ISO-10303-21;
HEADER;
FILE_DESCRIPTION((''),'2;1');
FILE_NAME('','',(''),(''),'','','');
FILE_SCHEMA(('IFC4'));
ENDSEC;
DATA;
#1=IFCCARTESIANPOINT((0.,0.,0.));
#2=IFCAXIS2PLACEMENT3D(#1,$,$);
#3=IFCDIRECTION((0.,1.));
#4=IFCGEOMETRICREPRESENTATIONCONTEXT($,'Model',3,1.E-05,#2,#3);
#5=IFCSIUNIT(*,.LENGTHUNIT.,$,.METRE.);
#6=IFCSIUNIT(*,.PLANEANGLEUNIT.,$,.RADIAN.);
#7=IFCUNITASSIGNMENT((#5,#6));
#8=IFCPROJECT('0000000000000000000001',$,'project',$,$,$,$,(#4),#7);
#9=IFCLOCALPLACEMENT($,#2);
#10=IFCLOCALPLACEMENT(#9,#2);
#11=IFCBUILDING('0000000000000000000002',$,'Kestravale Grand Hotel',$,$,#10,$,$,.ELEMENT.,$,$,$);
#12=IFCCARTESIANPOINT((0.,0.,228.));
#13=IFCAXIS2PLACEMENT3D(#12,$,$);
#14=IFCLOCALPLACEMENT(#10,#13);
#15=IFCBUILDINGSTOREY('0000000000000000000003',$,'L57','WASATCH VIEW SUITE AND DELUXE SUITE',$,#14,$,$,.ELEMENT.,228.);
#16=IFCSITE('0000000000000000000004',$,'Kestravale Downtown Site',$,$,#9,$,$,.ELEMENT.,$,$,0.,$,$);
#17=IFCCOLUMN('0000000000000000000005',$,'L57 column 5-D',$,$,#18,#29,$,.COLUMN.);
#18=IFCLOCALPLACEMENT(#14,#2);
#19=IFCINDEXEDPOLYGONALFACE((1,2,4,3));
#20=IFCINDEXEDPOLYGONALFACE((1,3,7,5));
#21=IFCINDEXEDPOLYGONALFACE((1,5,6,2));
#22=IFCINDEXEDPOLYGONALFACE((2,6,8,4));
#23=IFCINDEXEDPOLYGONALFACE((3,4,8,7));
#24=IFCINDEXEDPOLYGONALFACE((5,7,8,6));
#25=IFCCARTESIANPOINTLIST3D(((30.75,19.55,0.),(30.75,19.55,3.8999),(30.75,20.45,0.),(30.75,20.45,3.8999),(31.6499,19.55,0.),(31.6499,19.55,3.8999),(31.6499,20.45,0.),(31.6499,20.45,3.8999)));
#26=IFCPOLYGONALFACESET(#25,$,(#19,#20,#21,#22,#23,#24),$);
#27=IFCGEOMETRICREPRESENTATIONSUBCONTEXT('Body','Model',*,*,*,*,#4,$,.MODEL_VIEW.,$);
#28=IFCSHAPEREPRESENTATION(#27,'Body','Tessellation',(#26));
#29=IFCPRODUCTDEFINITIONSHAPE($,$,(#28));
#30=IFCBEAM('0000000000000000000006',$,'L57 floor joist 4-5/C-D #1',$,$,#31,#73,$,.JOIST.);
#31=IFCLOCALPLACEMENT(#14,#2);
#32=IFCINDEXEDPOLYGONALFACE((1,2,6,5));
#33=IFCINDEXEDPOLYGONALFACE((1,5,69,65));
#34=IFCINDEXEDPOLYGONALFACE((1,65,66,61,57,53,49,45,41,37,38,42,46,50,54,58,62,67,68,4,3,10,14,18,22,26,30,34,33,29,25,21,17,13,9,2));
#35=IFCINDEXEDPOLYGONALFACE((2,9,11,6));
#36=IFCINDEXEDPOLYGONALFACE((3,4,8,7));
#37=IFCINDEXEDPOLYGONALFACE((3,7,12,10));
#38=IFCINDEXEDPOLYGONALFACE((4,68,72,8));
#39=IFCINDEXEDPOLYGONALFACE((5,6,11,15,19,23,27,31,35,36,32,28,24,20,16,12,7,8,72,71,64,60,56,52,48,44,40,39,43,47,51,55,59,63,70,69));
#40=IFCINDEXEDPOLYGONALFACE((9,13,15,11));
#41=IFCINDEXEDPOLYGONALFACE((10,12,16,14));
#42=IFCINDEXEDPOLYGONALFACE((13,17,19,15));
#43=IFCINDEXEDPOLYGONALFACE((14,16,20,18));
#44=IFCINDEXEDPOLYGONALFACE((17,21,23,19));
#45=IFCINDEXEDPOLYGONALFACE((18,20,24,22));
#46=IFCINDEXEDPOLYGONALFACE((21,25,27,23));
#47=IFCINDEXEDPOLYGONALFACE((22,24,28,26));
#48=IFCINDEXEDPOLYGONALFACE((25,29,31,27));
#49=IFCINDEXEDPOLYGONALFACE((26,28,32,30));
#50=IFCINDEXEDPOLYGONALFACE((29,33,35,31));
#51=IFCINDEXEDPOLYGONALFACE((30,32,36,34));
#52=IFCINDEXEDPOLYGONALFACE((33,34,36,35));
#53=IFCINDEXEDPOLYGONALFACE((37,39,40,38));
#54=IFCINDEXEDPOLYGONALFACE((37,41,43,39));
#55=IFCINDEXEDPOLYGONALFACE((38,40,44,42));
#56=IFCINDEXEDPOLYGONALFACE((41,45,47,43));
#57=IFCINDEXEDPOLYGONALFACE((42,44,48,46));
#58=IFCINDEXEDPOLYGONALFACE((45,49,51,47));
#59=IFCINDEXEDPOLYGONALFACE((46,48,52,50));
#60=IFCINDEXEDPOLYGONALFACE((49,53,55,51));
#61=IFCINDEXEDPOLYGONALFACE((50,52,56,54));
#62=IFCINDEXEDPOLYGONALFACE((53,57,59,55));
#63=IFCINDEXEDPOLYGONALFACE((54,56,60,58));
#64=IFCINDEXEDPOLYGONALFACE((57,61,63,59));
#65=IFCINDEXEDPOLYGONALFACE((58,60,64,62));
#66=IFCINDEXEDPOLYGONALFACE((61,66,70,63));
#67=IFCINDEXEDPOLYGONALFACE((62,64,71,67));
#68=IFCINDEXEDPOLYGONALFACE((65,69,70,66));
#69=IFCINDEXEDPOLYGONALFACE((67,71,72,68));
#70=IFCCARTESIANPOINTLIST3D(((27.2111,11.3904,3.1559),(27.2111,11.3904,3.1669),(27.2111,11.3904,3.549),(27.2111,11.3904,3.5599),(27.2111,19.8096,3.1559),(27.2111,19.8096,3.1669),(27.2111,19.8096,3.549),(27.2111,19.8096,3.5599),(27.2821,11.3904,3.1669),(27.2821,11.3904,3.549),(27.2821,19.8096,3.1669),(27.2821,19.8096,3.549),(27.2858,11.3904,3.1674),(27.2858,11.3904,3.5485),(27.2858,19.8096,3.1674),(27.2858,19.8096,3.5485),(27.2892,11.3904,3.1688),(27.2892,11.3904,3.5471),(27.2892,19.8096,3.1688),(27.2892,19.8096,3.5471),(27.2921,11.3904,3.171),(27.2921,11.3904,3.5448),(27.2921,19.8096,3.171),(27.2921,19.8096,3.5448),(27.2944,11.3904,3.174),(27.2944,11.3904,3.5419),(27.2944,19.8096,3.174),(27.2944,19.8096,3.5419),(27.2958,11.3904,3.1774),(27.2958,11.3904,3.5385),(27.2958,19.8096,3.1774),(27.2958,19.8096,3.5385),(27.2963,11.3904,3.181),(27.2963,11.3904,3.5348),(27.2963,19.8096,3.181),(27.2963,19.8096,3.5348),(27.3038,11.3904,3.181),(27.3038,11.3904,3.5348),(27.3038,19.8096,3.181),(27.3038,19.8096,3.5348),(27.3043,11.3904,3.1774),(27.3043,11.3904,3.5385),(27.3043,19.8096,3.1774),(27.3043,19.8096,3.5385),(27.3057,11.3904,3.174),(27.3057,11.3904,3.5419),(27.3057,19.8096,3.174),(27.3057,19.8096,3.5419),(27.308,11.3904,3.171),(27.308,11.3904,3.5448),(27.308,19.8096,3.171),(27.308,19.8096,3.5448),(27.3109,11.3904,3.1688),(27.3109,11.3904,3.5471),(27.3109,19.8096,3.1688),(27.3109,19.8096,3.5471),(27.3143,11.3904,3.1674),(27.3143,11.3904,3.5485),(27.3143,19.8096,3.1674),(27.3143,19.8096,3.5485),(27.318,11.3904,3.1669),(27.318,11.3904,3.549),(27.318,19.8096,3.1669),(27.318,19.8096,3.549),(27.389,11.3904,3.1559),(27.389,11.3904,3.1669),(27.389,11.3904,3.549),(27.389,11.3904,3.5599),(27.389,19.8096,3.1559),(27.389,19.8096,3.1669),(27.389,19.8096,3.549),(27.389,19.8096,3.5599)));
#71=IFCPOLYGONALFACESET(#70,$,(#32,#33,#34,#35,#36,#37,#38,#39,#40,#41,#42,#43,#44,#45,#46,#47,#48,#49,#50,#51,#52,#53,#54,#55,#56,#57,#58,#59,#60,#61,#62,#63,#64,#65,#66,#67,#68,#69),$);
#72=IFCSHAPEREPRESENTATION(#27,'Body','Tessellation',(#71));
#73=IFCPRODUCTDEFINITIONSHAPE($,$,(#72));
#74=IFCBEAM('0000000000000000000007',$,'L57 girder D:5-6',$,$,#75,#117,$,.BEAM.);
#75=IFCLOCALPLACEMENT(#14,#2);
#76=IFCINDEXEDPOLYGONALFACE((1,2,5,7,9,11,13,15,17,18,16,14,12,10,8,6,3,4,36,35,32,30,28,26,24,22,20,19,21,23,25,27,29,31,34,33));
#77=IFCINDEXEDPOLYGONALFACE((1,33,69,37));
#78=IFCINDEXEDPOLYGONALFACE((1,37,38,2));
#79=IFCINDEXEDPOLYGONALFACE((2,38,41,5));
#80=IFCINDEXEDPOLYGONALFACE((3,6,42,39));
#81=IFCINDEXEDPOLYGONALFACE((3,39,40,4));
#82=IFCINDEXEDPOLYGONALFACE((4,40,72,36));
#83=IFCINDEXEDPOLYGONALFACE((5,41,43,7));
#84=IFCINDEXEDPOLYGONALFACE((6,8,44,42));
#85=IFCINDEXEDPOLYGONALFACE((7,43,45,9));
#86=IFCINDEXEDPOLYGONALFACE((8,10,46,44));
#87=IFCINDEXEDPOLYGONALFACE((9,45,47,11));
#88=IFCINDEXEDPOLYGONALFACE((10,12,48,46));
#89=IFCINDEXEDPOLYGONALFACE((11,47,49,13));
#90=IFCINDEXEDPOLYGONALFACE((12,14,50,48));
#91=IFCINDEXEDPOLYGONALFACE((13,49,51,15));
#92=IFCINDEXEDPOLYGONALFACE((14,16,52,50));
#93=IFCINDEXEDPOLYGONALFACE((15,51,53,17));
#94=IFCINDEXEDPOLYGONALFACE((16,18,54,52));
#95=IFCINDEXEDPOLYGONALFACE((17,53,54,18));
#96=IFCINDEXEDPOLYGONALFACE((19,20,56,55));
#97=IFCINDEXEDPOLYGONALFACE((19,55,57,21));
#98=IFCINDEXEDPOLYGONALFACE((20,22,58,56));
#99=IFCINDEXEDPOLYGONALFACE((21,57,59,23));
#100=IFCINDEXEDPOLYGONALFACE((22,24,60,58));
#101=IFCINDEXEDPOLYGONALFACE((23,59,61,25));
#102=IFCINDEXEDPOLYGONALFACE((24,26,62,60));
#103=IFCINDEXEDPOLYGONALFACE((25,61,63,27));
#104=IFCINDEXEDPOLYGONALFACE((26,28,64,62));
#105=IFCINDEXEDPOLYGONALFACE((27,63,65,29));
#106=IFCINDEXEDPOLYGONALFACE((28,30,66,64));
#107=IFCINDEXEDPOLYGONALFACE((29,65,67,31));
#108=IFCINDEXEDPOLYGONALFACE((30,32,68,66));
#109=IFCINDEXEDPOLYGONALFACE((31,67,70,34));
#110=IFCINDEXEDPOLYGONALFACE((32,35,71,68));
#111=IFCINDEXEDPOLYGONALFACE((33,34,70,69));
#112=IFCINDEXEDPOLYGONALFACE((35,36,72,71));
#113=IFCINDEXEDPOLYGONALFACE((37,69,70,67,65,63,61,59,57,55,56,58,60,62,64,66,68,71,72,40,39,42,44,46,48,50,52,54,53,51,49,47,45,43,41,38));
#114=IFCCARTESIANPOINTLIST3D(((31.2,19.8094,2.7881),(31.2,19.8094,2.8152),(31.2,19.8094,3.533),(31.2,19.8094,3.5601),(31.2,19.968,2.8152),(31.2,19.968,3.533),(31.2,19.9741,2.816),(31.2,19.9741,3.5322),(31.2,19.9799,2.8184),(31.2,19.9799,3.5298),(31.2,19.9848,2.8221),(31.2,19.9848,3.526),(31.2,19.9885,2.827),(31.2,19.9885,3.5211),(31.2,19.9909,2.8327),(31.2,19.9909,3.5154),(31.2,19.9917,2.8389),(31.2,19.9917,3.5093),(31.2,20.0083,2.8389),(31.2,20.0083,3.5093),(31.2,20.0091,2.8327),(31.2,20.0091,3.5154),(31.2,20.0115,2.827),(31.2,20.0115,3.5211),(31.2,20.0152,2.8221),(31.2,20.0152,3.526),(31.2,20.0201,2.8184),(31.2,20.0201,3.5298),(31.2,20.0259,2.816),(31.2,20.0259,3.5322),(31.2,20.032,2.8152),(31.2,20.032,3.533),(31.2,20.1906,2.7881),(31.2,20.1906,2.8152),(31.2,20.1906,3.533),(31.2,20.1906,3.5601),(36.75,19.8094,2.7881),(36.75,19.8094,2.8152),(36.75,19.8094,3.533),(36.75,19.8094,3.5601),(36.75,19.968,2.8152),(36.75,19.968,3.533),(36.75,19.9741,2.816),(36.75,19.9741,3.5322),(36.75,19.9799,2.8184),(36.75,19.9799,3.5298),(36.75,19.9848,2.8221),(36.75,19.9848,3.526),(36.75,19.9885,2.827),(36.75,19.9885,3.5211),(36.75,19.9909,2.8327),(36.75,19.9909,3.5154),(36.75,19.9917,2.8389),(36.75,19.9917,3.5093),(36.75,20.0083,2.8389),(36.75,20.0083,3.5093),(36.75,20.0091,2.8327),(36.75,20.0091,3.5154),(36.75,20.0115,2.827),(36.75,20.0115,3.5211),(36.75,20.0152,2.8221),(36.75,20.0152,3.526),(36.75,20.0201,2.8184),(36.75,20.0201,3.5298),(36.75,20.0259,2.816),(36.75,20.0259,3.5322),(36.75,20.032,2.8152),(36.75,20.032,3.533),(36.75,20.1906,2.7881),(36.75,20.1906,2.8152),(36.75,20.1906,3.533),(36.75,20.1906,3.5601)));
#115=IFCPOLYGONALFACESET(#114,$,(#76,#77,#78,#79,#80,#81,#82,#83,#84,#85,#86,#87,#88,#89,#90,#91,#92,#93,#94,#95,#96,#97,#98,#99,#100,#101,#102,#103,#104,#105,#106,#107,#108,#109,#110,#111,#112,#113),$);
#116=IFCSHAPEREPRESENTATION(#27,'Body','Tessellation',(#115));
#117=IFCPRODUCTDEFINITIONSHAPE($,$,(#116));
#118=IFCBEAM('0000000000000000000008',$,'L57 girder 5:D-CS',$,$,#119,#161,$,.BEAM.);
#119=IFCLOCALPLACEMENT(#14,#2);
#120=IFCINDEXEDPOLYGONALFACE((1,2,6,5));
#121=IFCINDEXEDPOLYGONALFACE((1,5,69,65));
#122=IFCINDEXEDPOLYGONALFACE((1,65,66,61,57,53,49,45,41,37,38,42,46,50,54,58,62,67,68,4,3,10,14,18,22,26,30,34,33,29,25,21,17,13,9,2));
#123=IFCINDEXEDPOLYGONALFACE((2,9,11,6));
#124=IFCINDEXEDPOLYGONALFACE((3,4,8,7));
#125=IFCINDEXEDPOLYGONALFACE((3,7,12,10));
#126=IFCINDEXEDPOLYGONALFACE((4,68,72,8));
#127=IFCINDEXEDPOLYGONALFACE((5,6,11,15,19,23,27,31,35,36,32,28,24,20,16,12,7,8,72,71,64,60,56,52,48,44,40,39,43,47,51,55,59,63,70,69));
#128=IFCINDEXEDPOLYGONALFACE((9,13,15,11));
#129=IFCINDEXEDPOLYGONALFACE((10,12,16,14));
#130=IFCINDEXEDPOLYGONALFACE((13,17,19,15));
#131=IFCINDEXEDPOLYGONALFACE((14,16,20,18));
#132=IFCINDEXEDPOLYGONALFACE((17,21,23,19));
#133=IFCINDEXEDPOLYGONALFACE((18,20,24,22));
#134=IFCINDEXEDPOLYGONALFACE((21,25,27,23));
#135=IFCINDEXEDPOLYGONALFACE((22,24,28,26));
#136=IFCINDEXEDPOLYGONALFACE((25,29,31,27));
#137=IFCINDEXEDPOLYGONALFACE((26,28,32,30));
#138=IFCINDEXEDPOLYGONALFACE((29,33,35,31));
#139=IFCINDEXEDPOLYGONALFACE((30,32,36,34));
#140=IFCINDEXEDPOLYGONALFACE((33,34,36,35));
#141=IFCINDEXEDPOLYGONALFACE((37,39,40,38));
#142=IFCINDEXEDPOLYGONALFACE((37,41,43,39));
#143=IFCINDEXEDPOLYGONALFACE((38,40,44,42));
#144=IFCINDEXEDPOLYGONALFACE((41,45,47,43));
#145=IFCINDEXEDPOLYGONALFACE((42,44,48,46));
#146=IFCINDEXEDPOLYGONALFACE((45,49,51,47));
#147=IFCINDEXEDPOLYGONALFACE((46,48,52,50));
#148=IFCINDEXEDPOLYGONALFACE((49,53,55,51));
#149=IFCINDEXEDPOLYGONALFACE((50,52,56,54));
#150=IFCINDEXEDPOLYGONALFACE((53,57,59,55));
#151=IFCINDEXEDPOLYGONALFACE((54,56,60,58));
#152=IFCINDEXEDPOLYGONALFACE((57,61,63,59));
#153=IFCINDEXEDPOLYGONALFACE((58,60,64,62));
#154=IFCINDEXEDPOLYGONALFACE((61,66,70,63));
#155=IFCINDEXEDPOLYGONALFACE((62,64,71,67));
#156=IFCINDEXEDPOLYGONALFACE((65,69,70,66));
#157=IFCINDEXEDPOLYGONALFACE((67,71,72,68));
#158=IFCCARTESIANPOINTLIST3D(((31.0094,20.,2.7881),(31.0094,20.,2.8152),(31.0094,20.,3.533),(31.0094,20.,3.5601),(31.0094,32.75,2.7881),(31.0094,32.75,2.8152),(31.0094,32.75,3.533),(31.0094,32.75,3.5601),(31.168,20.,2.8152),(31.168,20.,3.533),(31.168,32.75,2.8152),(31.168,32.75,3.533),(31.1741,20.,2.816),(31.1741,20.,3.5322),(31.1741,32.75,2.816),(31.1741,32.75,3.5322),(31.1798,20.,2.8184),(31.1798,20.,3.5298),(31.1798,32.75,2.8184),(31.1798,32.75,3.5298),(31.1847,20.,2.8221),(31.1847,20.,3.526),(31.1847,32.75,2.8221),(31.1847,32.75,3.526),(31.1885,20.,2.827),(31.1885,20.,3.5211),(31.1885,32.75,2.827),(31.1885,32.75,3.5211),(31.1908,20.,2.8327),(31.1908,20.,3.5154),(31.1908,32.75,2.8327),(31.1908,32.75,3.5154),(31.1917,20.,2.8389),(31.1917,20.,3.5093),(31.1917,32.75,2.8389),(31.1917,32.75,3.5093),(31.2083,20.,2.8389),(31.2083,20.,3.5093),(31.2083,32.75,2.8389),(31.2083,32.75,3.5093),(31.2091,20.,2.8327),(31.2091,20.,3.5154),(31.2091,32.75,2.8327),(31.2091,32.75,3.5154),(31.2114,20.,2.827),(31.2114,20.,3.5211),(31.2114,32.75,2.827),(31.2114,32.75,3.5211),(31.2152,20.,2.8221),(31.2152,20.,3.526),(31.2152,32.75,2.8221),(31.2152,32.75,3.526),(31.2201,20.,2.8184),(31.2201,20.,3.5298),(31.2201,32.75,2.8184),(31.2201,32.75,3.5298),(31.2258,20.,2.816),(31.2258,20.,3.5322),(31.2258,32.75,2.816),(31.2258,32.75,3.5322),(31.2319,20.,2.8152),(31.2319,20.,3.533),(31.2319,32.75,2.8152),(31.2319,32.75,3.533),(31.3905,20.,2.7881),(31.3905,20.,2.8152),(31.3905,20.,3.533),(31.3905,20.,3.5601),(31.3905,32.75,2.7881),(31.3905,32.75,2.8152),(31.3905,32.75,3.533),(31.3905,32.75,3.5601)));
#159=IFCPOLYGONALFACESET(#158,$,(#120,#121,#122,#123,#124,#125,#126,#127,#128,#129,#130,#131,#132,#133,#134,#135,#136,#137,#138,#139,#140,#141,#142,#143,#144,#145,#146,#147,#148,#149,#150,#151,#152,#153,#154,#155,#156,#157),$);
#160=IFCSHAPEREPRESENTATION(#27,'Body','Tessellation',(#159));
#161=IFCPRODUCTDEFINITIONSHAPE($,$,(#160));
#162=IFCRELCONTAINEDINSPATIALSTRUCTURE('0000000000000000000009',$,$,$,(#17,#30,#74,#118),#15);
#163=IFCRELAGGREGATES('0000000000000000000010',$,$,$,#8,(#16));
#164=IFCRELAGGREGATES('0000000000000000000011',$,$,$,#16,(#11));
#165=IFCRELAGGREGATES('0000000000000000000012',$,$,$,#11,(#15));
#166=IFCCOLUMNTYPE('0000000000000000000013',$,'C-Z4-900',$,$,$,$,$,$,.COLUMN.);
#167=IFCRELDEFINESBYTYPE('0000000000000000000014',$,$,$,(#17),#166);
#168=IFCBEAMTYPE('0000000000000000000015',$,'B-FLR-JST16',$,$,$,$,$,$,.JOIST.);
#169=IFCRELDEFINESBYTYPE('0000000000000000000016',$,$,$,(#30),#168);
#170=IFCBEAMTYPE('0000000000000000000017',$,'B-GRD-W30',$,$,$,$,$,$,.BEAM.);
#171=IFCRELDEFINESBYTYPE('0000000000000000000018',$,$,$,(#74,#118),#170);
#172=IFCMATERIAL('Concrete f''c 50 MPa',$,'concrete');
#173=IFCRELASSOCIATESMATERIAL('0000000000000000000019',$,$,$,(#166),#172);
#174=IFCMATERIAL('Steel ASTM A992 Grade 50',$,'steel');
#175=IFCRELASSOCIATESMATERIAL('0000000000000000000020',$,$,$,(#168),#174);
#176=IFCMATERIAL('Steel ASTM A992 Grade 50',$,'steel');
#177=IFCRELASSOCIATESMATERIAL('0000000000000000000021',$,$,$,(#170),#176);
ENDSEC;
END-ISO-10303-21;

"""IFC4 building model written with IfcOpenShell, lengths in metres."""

from ifc_helpers import new_model, si_unit, direction, frame, origin, origin_2d, place, context, subcontext, project, spatial, rectangle, i_section, extrude, material, material_profile, profile_set, type_object, element, save


model = new_model("IFC4")

# Units and contexts
model_context = context("Model", 3, precision=1e-05, world=origin(), true_north=direction((0.0, 1.0)))
body_context = subcontext(model_context, "Body", "Model", "MODEL_VIEW")
ifc_project = project(units=[si_unit("LENGTHUNIT", "METRE"), si_unit("PLANEANGLEUNIT", "RADIAN")], contexts=[model_context])

# Site, building, storey
site_placement = place(None, origin())
site = spatial("IfcSite", under=ifc_project, at=site_placement, Name="Kestravale Downtown Site", CompositionType="ELEMENT", RefElevation=0.0)
building_placement = place(site_placement, origin())
building = spatial("IfcBuilding", under=site, at=building_placement, Name="Kestravale Grand Hotel", CompositionType="ELEMENT")
storey_placement = place(building_placement, frame((0.0, 0.0, 228.0)))
storey = spatial("IfcBuildingStorey", under=building, at=storey_placement, Name="L57", Description="WASATCH VIEW SUITE AND DELUXE SUITE", CompositionType="ELEMENT", Elevation=228.0)

# Column
ifc_material_1 = material(Name="Concrete f'c 50 MPa", Category="concrete")
ifc_material_profile_1 = material_profile(ifc_material_1, rectangle(XDim=0.8999, YDim=0.8999, at=origin_2d()))
ifc_profile_set_1 = profile_set([ifc_material_profile_1], Name="Concrete f'c 50 MPa")
column_type = type_object("IfcColumnType", Name="C-Z4-900", PredefinedType="COLUMN", material=ifc_profile_set_1)
column_placement = place(storey_placement, frame((31.2, 20.0, 0.0), z_axis=(0.0, 0.0, 1.0), x_axis=(1.0, 0.0, 0.0)))
element("IfcColumn", 1, at=column_placement, inside=storey, type_object=column_type, Name="L57 column 5-D", PredefinedType="COLUMN", context=body_context, shape_type="SweptSolid", body=[
    extrude(rectangle(XDim=0.8999, YDim=0.8999, at=origin_2d()), origin(), (0.0, 0.0, 1.0), 3.8999),
])

# Beams
ifc_material_2 = material(Name="Steel ASTM A992 Grade 50", Category="steel")
ifc_material_profile_2 = material_profile(ifc_material_2, i_section(OverallWidth=0.178, OverallDepth=0.4041, WebThickness=0.0076, FlangeThickness=0.011, FilletRadius=0.0142, at=origin_2d()))
ifc_profile_set_2 = profile_set([ifc_material_profile_2], Name="Steel ASTM A992 Grade 50")
beam_type_1 = type_object("IfcBeamType", Name="B-FLR-JST16", PredefinedType="JOIST", material=ifc_profile_set_2)
beam_1_placement = place(storey_placement, frame((27.3, 11.3904, 3.3579), z_axis=(0.0, 1.0, 0.0), x_axis=(-1.0, 0.0, 0.0)))
element("IfcBeam", 2, at=beam_1_placement, inside=storey, type_object=beam_type_1, Name="L57 floor joist 4-5/C-D #1", PredefinedType="JOIST", context=body_context, shape_type="SweptSolid", body=[
    extrude(i_section(OverallWidth=0.178, OverallDepth=0.4041, WebThickness=0.0076, FlangeThickness=0.011, FilletRadius=0.0142, at=origin_2d()), origin(), (0.0, 0.0, 1.0), 8.4192),
])
ifc_material_3 = material(Name="Steel ASTM A992 Grade 50", Category="steel")
ifc_material_profile_3 = material_profile(ifc_material_3, i_section(OverallWidth=0.3811, OverallDepth=0.772, WebThickness=0.0166, FlangeThickness=0.0271, FilletRadius=0.0237, at=origin_2d()))
ifc_profile_set_3 = profile_set([ifc_material_profile_3], Name="Steel ASTM A992 Grade 50")
beam_type_2 = type_object("IfcBeamType", Name="B-GRD-W30", PredefinedType="BEAM", material=ifc_profile_set_3)
beam_2_placement = place(storey_placement, frame((31.2, 20.0, 3.1741), z_axis=(1.0, 0.0, 0.0), x_axis=(0.0, 1.0, 0.0)))
element("IfcBeam", 3, at=beam_2_placement, inside=storey, type_object=beam_type_2, Name="L57 girder D:5-6", PredefinedType="BEAM", context=body_context, shape_type="SweptSolid", body=[
    extrude(i_section(OverallWidth=0.3811, OverallDepth=0.772, WebThickness=0.0166, FlangeThickness=0.0271, FilletRadius=0.0237, at=origin_2d()), origin(), (0.0, 0.0, 1.0), 5.55),
])
beam_3_placement = place(storey_placement, frame((31.2, 20.0, 3.1741), z_axis=(0.0, 1.0, 0.0), x_axis=(-1.0, 0.0, 0.0)))
element("IfcBeam", 4, at=beam_3_placement, inside=storey, type_object=beam_type_2, Name="L57 girder 5:D-CS", PredefinedType="BEAM", context=body_context, shape_type="SweptSolid", body=[
    extrude(i_section(OverallWidth=0.3811, OverallDepth=0.772, WebThickness=0.0166, FlangeThickness=0.0271, FilletRadius=0.0237, at=origin_2d()), origin(), (0.0, 0.0, 1.0), 12.75),
])

save(model, "model.ifc")
